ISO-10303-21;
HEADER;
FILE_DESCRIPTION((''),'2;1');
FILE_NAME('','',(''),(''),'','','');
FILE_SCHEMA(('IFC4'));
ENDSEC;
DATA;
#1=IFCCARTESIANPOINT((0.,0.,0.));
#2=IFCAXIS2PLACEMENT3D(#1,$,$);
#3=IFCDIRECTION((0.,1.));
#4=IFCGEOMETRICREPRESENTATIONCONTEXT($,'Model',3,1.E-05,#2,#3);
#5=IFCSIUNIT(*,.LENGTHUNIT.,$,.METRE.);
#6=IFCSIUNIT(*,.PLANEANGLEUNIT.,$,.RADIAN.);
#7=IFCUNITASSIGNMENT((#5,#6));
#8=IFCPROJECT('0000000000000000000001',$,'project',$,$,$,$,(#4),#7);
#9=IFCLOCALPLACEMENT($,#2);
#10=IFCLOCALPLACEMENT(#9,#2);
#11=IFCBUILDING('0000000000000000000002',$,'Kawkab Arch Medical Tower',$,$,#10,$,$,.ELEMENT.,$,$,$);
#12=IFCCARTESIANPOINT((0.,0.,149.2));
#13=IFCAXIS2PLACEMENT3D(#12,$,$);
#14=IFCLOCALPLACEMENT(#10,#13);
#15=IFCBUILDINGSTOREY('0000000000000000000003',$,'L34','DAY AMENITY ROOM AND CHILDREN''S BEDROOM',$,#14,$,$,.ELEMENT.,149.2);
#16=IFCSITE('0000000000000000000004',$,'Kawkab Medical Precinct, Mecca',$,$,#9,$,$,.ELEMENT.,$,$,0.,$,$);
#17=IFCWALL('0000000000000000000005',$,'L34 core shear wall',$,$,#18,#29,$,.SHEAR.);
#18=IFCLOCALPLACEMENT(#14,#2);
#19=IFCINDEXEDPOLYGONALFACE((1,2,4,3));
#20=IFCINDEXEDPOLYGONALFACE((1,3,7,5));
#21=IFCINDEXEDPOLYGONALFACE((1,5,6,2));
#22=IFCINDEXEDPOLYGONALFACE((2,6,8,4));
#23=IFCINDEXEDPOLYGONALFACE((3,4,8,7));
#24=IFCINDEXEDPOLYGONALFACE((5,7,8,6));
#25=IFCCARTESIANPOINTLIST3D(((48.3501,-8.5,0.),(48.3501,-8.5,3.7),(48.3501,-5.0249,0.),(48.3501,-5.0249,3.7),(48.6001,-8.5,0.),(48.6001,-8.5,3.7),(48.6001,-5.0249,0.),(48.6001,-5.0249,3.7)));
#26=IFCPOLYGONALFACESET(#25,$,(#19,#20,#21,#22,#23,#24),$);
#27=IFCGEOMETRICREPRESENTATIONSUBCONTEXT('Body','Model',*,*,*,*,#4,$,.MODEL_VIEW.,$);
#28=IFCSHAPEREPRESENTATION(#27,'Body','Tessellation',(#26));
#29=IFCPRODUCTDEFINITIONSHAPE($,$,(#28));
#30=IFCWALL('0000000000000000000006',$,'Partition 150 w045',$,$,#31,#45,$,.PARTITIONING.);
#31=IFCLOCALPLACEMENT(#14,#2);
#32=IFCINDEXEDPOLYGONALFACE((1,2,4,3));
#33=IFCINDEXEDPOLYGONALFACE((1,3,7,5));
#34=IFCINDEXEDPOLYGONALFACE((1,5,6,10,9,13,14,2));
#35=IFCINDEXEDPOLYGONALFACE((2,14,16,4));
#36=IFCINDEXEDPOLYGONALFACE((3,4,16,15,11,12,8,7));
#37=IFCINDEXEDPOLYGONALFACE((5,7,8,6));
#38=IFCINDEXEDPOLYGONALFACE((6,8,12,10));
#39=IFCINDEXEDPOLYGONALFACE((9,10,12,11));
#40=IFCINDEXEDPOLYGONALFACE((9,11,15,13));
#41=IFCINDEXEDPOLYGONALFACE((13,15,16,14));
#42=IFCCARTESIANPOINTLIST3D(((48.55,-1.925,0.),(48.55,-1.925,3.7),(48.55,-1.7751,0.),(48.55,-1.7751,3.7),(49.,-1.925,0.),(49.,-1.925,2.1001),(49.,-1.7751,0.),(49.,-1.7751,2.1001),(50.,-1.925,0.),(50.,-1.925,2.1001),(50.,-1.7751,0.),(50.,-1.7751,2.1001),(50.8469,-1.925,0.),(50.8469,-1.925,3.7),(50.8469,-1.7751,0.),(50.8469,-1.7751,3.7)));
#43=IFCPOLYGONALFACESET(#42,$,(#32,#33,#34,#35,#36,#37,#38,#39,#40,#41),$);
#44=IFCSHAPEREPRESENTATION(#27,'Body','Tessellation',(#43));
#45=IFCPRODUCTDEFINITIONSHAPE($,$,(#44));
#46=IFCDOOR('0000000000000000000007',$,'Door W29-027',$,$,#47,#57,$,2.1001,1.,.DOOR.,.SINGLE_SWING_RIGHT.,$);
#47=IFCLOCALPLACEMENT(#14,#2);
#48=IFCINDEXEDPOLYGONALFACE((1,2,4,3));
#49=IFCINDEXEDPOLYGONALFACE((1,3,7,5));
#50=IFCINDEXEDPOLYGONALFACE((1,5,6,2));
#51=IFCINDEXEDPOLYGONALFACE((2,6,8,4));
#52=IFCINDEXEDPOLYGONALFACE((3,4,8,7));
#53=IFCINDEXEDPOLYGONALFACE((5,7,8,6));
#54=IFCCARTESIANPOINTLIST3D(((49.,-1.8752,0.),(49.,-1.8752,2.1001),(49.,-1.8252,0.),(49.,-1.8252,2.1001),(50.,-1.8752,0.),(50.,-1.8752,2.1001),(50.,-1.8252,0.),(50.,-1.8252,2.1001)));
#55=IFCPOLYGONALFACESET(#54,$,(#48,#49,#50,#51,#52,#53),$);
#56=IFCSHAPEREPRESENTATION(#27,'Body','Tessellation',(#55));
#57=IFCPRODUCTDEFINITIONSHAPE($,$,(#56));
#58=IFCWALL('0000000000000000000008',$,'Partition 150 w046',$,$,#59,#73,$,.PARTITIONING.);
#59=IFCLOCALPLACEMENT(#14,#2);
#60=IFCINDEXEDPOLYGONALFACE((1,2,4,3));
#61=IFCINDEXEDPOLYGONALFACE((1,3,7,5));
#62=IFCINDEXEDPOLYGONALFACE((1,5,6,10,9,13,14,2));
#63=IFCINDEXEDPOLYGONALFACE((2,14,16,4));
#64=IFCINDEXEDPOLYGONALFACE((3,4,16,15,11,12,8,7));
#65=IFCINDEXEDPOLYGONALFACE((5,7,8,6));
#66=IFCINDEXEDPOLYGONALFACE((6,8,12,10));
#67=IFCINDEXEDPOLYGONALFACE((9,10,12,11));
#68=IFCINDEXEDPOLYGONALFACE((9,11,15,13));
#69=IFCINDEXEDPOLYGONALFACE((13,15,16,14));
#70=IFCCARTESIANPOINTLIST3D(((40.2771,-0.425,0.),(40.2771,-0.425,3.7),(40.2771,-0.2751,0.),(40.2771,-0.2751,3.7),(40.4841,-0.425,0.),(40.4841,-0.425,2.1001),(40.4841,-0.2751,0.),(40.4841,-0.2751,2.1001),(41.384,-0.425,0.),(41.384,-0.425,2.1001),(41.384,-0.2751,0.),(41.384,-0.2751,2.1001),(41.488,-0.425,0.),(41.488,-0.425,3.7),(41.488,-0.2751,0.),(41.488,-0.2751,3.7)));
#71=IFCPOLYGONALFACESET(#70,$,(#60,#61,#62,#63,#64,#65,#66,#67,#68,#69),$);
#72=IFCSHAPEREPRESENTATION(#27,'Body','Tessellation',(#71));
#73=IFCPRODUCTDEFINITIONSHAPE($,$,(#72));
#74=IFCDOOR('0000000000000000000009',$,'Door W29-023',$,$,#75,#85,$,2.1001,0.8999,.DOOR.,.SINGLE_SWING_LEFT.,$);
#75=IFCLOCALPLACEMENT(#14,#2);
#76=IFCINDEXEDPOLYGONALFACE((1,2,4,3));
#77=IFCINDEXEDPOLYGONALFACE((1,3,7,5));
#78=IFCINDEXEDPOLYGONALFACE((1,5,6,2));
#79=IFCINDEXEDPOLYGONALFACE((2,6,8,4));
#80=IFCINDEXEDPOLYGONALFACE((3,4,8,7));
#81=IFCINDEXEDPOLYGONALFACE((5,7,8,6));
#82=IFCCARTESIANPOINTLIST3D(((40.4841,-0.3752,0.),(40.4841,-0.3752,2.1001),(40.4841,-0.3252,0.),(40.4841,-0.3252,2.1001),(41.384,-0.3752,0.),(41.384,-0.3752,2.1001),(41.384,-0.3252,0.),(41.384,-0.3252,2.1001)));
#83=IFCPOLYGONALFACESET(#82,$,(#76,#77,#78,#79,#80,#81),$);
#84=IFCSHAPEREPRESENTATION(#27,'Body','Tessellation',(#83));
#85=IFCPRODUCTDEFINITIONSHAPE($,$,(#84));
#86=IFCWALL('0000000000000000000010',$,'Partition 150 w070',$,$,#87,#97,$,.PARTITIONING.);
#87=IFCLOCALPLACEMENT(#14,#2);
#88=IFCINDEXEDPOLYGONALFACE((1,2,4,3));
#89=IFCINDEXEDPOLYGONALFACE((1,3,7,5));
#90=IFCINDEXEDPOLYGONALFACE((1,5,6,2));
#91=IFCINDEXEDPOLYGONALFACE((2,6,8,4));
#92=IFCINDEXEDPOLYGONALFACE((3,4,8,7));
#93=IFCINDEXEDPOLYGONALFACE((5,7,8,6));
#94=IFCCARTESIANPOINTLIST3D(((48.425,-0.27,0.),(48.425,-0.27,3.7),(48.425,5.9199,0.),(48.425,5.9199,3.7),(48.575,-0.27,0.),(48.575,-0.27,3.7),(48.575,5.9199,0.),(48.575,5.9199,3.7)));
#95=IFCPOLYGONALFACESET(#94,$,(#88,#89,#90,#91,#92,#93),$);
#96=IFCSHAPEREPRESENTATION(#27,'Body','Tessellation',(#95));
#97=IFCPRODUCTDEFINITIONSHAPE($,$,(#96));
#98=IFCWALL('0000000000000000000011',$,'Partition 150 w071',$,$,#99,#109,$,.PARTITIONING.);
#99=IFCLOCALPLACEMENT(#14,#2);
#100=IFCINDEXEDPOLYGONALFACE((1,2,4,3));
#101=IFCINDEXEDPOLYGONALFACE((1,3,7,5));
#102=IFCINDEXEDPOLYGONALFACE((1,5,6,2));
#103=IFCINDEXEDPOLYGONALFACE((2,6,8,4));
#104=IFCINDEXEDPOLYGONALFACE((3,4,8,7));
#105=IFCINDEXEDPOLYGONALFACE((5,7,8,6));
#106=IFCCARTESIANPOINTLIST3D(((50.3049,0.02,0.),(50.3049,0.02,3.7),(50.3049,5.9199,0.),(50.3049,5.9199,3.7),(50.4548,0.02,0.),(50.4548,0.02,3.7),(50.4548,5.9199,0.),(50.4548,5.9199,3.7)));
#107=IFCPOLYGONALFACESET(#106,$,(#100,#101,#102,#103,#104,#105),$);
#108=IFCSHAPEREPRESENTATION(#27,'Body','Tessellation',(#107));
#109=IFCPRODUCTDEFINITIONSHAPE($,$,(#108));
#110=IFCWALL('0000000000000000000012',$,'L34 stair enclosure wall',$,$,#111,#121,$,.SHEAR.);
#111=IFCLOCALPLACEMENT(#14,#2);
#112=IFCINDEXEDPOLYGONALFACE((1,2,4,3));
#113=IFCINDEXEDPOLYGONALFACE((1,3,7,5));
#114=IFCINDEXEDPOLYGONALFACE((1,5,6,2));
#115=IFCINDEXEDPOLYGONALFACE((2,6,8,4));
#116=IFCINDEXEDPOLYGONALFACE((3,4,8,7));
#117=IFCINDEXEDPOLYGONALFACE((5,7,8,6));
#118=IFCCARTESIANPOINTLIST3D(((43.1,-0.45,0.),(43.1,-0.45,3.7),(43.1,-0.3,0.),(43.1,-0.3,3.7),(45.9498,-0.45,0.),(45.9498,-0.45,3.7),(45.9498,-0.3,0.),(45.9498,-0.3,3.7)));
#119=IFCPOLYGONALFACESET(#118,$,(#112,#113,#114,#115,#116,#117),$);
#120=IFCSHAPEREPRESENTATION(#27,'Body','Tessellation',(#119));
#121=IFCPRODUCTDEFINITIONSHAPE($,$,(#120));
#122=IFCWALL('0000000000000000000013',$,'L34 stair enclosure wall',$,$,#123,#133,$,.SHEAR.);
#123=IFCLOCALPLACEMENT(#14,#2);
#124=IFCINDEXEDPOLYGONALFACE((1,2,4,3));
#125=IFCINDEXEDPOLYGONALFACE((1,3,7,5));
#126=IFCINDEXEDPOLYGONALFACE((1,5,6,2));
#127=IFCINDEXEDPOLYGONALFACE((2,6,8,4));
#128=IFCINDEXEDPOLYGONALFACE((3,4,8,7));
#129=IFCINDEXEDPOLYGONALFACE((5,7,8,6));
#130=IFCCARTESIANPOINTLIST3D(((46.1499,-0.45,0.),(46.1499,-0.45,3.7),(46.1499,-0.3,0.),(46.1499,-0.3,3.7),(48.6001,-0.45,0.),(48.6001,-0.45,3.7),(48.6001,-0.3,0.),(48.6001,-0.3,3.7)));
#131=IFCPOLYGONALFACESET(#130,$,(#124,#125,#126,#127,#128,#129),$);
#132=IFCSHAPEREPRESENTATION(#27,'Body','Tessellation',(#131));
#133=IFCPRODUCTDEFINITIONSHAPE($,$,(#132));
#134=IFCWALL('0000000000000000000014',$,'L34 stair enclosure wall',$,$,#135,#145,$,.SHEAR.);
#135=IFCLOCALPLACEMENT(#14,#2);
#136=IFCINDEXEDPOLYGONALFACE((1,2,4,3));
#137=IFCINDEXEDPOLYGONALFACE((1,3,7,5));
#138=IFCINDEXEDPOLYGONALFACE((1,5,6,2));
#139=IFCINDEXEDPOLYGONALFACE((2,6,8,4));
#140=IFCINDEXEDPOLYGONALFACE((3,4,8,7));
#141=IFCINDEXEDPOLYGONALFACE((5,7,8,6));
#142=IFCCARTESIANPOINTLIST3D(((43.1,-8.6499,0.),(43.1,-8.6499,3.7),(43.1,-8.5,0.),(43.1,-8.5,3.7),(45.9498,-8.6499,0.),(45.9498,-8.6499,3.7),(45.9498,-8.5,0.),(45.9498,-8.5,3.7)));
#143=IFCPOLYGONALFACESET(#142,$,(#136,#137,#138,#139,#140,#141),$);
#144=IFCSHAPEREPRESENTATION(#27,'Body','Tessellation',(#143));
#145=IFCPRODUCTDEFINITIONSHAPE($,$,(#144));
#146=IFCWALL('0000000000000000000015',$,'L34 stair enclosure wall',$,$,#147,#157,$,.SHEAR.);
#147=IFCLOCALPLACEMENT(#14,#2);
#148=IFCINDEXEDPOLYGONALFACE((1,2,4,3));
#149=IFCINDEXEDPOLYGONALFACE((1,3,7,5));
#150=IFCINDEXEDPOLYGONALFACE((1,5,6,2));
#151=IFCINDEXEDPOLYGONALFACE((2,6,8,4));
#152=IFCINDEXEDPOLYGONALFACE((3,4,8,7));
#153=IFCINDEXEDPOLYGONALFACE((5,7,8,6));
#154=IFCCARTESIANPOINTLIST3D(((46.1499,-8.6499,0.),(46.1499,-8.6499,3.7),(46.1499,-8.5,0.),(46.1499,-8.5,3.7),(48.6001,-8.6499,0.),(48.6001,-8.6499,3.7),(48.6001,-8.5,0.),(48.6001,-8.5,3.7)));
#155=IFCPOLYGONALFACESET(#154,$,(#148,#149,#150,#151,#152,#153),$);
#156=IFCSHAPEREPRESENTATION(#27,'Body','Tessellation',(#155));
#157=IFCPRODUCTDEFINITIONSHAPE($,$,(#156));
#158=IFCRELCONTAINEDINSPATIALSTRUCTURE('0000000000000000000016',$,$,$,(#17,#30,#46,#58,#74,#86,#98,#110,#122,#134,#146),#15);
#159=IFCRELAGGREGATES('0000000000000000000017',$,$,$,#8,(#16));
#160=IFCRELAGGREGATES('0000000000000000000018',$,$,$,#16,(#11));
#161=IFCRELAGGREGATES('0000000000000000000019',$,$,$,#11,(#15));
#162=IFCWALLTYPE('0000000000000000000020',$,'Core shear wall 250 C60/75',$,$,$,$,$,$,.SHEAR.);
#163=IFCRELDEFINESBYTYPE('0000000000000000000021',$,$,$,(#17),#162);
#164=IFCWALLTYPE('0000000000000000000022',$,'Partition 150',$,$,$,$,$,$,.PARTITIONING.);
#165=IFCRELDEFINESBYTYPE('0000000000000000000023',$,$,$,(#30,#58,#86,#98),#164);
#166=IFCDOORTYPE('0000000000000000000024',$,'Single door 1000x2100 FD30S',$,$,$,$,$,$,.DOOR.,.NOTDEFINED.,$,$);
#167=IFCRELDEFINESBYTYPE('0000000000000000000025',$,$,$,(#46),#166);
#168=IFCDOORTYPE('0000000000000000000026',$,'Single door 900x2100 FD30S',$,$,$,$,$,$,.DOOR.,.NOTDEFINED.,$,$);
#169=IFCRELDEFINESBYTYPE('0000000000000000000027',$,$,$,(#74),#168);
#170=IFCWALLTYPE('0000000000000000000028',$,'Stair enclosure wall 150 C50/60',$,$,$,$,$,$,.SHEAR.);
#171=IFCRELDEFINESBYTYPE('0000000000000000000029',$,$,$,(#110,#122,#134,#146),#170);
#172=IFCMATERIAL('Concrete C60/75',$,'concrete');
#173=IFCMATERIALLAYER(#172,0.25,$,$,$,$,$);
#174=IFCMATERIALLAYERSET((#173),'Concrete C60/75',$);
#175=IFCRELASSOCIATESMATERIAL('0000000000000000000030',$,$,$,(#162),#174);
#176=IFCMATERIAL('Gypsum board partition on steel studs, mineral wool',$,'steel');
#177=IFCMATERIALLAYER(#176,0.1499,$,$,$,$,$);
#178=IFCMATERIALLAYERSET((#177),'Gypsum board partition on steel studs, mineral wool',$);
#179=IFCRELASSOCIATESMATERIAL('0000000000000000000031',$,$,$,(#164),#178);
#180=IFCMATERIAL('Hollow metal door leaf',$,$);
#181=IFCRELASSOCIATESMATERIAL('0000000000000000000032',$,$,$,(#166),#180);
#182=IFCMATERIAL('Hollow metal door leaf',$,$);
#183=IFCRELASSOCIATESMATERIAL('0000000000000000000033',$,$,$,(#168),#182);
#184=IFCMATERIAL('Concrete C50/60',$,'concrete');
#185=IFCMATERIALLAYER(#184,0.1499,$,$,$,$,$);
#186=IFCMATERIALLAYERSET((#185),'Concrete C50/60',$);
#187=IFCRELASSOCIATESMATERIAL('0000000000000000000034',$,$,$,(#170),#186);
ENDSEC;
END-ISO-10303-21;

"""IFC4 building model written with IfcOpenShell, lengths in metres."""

from ifc_helpers import new_model, si_unit, direction, frame, frame_2d, origin, place, context, subcontext, project, spatial, rectangle, extrude, material, layer, layer_set, type_object, element, fill, save


model = new_model("IFC4")

# Units and contexts
model_context = context("Model", 3, precision=1e-05, world=origin(), true_north=direction((0.0, 1.0)))
body_context = subcontext(model_context, "Body", "Model", "MODEL_VIEW")
ifc_project = project(units=[si_unit("LENGTHUNIT", "METRE"), si_unit("PLANEANGLEUNIT", "RADIAN")], contexts=[model_context])

# Site, building, storey
site_placement = place(None, origin())
site = spatial("IfcSite", under=ifc_project, at=site_placement, Name="Kawkab Medical Precinct, Mecca", CompositionType="ELEMENT", RefElevation=0.0)
building_placement = place(site_placement, origin())
building = spatial("IfcBuilding", under=site, at=building_placement, Name="Kawkab Arch Medical Tower", CompositionType="ELEMENT")
storey_placement = place(building_placement, frame((0.0, 0.0, 149.2)))
storey = spatial("IfcBuildingStorey", under=building, at=storey_placement, Name="L34", Description="DAY AMENITY ROOM AND CHILDREN'S BEDROOM", CompositionType="ELEMENT", Elevation=149.2)

# Shared definitions
ifc_material_1 = material(Name="Concrete C60/75", Category="concrete")
ifc_layer_1 = layer(ifc_material_1, 0.25)
ifc_layer_set_1 = layer_set([ifc_layer_1], Name="Concrete C60/75")
wall_type_1 = type_object("IfcWallType", Name="Core shear wall 250 C60/75", PredefinedType="SHEAR", material=ifc_layer_set_1)

# Wall
wall_1_placement = place(storey_placement, frame((48.4751, -8.5, 0.0), z_axis=(0.0, 0.0, 1.0), x_axis=(0.0, 1.0, 0.0)))
element("IfcWall", 1, at=wall_1_placement, inside=storey, type_object=wall_type_1, Name="L34 core shear wall", PredefinedType="SHEAR", context=body_context, shape_type="SweptSolid", body=[
    extrude(rectangle(XDim=3.4751, YDim=0.25, at=frame_2d((1.7375, 0.0))), origin(), (0.0, 0.0, 1.0), 3.7),
])

# Walls, openings, doors
ifc_material_2 = material(Name="Gypsum board partition on steel studs, mineral wool", Category="steel")
ifc_layer_2 = layer(ifc_material_2, 0.1499)
ifc_layer_set_2 = layer_set([ifc_layer_2], Name="Gypsum board partition on steel studs, mineral wool")
wall_type_2 = type_object("IfcWallType", Name="Partition 150", PredefinedType="PARTITIONING", material=ifc_layer_set_2)
wall_2_placement = place(storey_placement, frame((48.55, -1.8501, 0.0), z_axis=(0.0, 0.0, 1.0), x_axis=(1.0, 0.0, 0.0)))
wall_2 = element("IfcWall", 2, at=wall_2_placement, inside=storey, type_object=wall_type_2, Name="Partition 150 w045", PredefinedType="PARTITIONING", context=body_context, shape_type="SweptSolid", body=[
    extrude(rectangle(XDim=2.2969, YDim=0.1499, at=frame_2d((1.1484, 0.0))), origin(), (0.0, 0.0, 1.0), 3.7),
])
opening_1_placement = place(wall_2_placement, frame((0.45, 0.0, 0.0)))
opening_1 = element("IfcOpeningElement", 3, at=opening_1_placement, cuts=wall_2, PredefinedType="OPENING", context=body_context, shape_type="SweptSolid", body=[
    extrude(rectangle(XDim=1.0, YDim=2.1001, at=frame_2d((0.5, 1.05))), frame((0.0, 0.085, 0.0), z_axis=(0.0, -1.0, 0.0), x_axis=(1.0, 0.0, 0.0)), (0.0, 0.0, 1.0), 0.1699),
])
ifc_material_3 = material(Name="Hollow metal door leaf")
door_type_1 = type_object("IfcDoorType", Name="Single door 1000x2100 FD30S", OperationType="NOTDEFINED", PredefinedType="DOOR", material=ifc_material_3)
door_1_placement = place(opening_1_placement, origin())
door_1 = element("IfcDoor", 4, at=door_1_placement, inside=storey, type_object=door_type_1, Name="Door W29-027", OperationType="SINGLE_SWING_RIGHT", OverallHeight=2.1001, OverallWidth=1.0, PredefinedType="DOOR", context=body_context, shape_type="SweptSolid", body=[
    extrude(rectangle(XDim=1.0, YDim=2.1001, at=frame_2d((0.5, 1.05))), frame((0.0, 0.0249, 0.0), z_axis=(0.0, -1.0, 0.0), x_axis=(1.0, 0.0, 0.0)), (0.0, 0.0, 1.0), 0.05),
])
fill(opening_1, door_1)
wall_3_placement = place(storey_placement, frame((40.2771, -0.3501, 0.0), z_axis=(0.0, 0.0, 1.0), x_axis=(1.0, 0.0, 0.0)))
wall_3 = element("IfcWall", 5, at=wall_3_placement, inside=storey, type_object=wall_type_2, Name="Partition 150 w046", PredefinedType="PARTITIONING", context=body_context, shape_type="SweptSolid", body=[
    extrude(rectangle(XDim=1.2109, YDim=0.1499, at=frame_2d((0.6055, 0.0))), origin(), (0.0, 0.0, 1.0), 3.7),
])
opening_2_placement = place(wall_3_placement, frame((0.207, 0.0, 0.0)))
opening_2 = element("IfcOpeningElement", 6, at=opening_2_placement, cuts=wall_3, PredefinedType="OPENING", context=body_context, shape_type="SweptSolid", body=[
    extrude(rectangle(XDim=0.8999, YDim=2.1001, at=frame_2d((0.45, 1.05))), frame((0.0, 0.085, 0.0), z_axis=(0.0, -1.0, 0.0), x_axis=(1.0, 0.0, 0.0)), (0.0, 0.0, 1.0), 0.1699),
])
ifc_material_4 = material(Name="Hollow metal door leaf")
door_type_2 = type_object("IfcDoorType", Name="Single door 900x2100 FD30S", OperationType="NOTDEFINED", PredefinedType="DOOR", material=ifc_material_4)
door_2_placement = place(opening_2_placement, origin())
door_2 = element("IfcDoor", 7, at=door_2_placement, inside=storey, type_object=door_type_2, Name="Door W29-023", OperationType="SINGLE_SWING_LEFT", OverallHeight=2.1001, OverallWidth=0.8999, PredefinedType="DOOR", context=body_context, shape_type="SweptSolid", body=[
    extrude(rectangle(XDim=0.8999, YDim=2.1001, at=frame_2d((0.45, 1.05))), frame((0.0, 0.0249, 0.0), z_axis=(0.0, -1.0, 0.0), x_axis=(1.0, 0.0, 0.0)), (0.0, 0.0, 1.0), 0.05),
])
fill(opening_2, door_2)

# Walls
wall_4_placement = place(storey_placement, frame((48.5, -0.27, 0.0), z_axis=(0.0, 0.0, 1.0), x_axis=(0.0, 1.0, 0.0)))
element("IfcWall", 8, at=wall_4_placement, inside=storey, type_object=wall_type_2, Name="Partition 150 w070", PredefinedType="PARTITIONING", context=body_context, shape_type="SweptSolid", body=[
    extrude(rectangle(XDim=6.1899, YDim=0.1499, at=frame_2d((3.095, 0.0))), origin(), (0.0, 0.0, 1.0), 3.7),
])
wall_5_placement = place(storey_placement, frame((50.3799, 0.02, 0.0), z_axis=(0.0, 0.0, 1.0), x_axis=(0.0, 1.0, 0.0)))
element("IfcWall", 9, at=wall_5_placement, inside=storey, type_object=wall_type_2, Name="Partition 150 w071", PredefinedType="PARTITIONING", context=body_context, shape_type="SweptSolid", body=[
    extrude(rectangle(XDim=5.8999, YDim=0.1499, at=frame_2d((2.95, 0.0))), origin(), (0.0, 0.0, 1.0), 3.7),
])
ifc_material_5 = material(Name="Concrete C50/60", Category="concrete")
ifc_layer_3 = layer(ifc_material_5, 0.1499)
ifc_layer_set_3 = layer_set([ifc_layer_3], Name="Concrete C50/60")
wall_type_3 = type_object("IfcWallType", Name="Stair enclosure wall 150 C50/60", PredefinedType="SHEAR", material=ifc_layer_set_3)
wall_6_placement = place(storey_placement, frame((43.1001, -0.375, 0.0), z_axis=(0.0, 0.0, 1.0), x_axis=(1.0, 0.0, 0.0)))
element("IfcWall", 10, at=wall_6_placement, inside=storey, type_object=wall_type_3, Name="L34 stair enclosure wall", PredefinedType="SHEAR", context=body_context, shape_type="SweptSolid", body=[
    extrude(rectangle(XDim=2.8499, YDim=0.1499, at=frame_2d((1.4248, 0.0))), origin(), (0.0, 0.0, 1.0), 3.7),
])
wall_7_placement = place(storey_placement, frame((46.1499, -0.375, 0.0), z_axis=(0.0, 0.0, 1.0), x_axis=(1.0, 0.0, 0.0)))
element("IfcWall", 11, at=wall_7_placement, inside=storey, type_object=wall_type_3, Name="L34 stair enclosure wall", PredefinedType="SHEAR", context=body_context, shape_type="SweptSolid", body=[
    extrude(rectangle(XDim=2.4502, YDim=0.1499, at=frame_2d((1.2251, 0.0))), origin(), (0.0, 0.0, 1.0), 3.7),
])
wall_8_placement = place(storey_placement, frame((43.1001, -8.575, 0.0), z_axis=(0.0, 0.0, 1.0), x_axis=(1.0, 0.0, 0.0)))
element("IfcWall", 12, at=wall_8_placement, inside=storey, type_object=wall_type_3, Name="L34 stair enclosure wall", PredefinedType="SHEAR", context=body_context, shape_type="SweptSolid", body=[
    extrude(rectangle(XDim=2.8499, YDim=0.1499, at=frame_2d((1.4248, 0.0))), origin(), (0.0, 0.0, 1.0), 3.7),
])
wall_9_placement = place(storey_placement, frame((46.1499, -8.575, 0.0), z_axis=(0.0, 0.0, 1.0), x_axis=(1.0, 0.0, 0.0)))
element("IfcWall", 13, at=wall_9_placement, inside=storey, type_object=wall_type_3, Name="L34 stair enclosure wall", PredefinedType="SHEAR", context=body_context, shape_type="SweptSolid", body=[
    extrude(rectangle(XDim=2.4502, YDim=0.1499, at=frame_2d((1.2251, 0.0))), origin(), (0.0, 0.0, 1.0), 3.7),
])

save(model, "model.ifc")
